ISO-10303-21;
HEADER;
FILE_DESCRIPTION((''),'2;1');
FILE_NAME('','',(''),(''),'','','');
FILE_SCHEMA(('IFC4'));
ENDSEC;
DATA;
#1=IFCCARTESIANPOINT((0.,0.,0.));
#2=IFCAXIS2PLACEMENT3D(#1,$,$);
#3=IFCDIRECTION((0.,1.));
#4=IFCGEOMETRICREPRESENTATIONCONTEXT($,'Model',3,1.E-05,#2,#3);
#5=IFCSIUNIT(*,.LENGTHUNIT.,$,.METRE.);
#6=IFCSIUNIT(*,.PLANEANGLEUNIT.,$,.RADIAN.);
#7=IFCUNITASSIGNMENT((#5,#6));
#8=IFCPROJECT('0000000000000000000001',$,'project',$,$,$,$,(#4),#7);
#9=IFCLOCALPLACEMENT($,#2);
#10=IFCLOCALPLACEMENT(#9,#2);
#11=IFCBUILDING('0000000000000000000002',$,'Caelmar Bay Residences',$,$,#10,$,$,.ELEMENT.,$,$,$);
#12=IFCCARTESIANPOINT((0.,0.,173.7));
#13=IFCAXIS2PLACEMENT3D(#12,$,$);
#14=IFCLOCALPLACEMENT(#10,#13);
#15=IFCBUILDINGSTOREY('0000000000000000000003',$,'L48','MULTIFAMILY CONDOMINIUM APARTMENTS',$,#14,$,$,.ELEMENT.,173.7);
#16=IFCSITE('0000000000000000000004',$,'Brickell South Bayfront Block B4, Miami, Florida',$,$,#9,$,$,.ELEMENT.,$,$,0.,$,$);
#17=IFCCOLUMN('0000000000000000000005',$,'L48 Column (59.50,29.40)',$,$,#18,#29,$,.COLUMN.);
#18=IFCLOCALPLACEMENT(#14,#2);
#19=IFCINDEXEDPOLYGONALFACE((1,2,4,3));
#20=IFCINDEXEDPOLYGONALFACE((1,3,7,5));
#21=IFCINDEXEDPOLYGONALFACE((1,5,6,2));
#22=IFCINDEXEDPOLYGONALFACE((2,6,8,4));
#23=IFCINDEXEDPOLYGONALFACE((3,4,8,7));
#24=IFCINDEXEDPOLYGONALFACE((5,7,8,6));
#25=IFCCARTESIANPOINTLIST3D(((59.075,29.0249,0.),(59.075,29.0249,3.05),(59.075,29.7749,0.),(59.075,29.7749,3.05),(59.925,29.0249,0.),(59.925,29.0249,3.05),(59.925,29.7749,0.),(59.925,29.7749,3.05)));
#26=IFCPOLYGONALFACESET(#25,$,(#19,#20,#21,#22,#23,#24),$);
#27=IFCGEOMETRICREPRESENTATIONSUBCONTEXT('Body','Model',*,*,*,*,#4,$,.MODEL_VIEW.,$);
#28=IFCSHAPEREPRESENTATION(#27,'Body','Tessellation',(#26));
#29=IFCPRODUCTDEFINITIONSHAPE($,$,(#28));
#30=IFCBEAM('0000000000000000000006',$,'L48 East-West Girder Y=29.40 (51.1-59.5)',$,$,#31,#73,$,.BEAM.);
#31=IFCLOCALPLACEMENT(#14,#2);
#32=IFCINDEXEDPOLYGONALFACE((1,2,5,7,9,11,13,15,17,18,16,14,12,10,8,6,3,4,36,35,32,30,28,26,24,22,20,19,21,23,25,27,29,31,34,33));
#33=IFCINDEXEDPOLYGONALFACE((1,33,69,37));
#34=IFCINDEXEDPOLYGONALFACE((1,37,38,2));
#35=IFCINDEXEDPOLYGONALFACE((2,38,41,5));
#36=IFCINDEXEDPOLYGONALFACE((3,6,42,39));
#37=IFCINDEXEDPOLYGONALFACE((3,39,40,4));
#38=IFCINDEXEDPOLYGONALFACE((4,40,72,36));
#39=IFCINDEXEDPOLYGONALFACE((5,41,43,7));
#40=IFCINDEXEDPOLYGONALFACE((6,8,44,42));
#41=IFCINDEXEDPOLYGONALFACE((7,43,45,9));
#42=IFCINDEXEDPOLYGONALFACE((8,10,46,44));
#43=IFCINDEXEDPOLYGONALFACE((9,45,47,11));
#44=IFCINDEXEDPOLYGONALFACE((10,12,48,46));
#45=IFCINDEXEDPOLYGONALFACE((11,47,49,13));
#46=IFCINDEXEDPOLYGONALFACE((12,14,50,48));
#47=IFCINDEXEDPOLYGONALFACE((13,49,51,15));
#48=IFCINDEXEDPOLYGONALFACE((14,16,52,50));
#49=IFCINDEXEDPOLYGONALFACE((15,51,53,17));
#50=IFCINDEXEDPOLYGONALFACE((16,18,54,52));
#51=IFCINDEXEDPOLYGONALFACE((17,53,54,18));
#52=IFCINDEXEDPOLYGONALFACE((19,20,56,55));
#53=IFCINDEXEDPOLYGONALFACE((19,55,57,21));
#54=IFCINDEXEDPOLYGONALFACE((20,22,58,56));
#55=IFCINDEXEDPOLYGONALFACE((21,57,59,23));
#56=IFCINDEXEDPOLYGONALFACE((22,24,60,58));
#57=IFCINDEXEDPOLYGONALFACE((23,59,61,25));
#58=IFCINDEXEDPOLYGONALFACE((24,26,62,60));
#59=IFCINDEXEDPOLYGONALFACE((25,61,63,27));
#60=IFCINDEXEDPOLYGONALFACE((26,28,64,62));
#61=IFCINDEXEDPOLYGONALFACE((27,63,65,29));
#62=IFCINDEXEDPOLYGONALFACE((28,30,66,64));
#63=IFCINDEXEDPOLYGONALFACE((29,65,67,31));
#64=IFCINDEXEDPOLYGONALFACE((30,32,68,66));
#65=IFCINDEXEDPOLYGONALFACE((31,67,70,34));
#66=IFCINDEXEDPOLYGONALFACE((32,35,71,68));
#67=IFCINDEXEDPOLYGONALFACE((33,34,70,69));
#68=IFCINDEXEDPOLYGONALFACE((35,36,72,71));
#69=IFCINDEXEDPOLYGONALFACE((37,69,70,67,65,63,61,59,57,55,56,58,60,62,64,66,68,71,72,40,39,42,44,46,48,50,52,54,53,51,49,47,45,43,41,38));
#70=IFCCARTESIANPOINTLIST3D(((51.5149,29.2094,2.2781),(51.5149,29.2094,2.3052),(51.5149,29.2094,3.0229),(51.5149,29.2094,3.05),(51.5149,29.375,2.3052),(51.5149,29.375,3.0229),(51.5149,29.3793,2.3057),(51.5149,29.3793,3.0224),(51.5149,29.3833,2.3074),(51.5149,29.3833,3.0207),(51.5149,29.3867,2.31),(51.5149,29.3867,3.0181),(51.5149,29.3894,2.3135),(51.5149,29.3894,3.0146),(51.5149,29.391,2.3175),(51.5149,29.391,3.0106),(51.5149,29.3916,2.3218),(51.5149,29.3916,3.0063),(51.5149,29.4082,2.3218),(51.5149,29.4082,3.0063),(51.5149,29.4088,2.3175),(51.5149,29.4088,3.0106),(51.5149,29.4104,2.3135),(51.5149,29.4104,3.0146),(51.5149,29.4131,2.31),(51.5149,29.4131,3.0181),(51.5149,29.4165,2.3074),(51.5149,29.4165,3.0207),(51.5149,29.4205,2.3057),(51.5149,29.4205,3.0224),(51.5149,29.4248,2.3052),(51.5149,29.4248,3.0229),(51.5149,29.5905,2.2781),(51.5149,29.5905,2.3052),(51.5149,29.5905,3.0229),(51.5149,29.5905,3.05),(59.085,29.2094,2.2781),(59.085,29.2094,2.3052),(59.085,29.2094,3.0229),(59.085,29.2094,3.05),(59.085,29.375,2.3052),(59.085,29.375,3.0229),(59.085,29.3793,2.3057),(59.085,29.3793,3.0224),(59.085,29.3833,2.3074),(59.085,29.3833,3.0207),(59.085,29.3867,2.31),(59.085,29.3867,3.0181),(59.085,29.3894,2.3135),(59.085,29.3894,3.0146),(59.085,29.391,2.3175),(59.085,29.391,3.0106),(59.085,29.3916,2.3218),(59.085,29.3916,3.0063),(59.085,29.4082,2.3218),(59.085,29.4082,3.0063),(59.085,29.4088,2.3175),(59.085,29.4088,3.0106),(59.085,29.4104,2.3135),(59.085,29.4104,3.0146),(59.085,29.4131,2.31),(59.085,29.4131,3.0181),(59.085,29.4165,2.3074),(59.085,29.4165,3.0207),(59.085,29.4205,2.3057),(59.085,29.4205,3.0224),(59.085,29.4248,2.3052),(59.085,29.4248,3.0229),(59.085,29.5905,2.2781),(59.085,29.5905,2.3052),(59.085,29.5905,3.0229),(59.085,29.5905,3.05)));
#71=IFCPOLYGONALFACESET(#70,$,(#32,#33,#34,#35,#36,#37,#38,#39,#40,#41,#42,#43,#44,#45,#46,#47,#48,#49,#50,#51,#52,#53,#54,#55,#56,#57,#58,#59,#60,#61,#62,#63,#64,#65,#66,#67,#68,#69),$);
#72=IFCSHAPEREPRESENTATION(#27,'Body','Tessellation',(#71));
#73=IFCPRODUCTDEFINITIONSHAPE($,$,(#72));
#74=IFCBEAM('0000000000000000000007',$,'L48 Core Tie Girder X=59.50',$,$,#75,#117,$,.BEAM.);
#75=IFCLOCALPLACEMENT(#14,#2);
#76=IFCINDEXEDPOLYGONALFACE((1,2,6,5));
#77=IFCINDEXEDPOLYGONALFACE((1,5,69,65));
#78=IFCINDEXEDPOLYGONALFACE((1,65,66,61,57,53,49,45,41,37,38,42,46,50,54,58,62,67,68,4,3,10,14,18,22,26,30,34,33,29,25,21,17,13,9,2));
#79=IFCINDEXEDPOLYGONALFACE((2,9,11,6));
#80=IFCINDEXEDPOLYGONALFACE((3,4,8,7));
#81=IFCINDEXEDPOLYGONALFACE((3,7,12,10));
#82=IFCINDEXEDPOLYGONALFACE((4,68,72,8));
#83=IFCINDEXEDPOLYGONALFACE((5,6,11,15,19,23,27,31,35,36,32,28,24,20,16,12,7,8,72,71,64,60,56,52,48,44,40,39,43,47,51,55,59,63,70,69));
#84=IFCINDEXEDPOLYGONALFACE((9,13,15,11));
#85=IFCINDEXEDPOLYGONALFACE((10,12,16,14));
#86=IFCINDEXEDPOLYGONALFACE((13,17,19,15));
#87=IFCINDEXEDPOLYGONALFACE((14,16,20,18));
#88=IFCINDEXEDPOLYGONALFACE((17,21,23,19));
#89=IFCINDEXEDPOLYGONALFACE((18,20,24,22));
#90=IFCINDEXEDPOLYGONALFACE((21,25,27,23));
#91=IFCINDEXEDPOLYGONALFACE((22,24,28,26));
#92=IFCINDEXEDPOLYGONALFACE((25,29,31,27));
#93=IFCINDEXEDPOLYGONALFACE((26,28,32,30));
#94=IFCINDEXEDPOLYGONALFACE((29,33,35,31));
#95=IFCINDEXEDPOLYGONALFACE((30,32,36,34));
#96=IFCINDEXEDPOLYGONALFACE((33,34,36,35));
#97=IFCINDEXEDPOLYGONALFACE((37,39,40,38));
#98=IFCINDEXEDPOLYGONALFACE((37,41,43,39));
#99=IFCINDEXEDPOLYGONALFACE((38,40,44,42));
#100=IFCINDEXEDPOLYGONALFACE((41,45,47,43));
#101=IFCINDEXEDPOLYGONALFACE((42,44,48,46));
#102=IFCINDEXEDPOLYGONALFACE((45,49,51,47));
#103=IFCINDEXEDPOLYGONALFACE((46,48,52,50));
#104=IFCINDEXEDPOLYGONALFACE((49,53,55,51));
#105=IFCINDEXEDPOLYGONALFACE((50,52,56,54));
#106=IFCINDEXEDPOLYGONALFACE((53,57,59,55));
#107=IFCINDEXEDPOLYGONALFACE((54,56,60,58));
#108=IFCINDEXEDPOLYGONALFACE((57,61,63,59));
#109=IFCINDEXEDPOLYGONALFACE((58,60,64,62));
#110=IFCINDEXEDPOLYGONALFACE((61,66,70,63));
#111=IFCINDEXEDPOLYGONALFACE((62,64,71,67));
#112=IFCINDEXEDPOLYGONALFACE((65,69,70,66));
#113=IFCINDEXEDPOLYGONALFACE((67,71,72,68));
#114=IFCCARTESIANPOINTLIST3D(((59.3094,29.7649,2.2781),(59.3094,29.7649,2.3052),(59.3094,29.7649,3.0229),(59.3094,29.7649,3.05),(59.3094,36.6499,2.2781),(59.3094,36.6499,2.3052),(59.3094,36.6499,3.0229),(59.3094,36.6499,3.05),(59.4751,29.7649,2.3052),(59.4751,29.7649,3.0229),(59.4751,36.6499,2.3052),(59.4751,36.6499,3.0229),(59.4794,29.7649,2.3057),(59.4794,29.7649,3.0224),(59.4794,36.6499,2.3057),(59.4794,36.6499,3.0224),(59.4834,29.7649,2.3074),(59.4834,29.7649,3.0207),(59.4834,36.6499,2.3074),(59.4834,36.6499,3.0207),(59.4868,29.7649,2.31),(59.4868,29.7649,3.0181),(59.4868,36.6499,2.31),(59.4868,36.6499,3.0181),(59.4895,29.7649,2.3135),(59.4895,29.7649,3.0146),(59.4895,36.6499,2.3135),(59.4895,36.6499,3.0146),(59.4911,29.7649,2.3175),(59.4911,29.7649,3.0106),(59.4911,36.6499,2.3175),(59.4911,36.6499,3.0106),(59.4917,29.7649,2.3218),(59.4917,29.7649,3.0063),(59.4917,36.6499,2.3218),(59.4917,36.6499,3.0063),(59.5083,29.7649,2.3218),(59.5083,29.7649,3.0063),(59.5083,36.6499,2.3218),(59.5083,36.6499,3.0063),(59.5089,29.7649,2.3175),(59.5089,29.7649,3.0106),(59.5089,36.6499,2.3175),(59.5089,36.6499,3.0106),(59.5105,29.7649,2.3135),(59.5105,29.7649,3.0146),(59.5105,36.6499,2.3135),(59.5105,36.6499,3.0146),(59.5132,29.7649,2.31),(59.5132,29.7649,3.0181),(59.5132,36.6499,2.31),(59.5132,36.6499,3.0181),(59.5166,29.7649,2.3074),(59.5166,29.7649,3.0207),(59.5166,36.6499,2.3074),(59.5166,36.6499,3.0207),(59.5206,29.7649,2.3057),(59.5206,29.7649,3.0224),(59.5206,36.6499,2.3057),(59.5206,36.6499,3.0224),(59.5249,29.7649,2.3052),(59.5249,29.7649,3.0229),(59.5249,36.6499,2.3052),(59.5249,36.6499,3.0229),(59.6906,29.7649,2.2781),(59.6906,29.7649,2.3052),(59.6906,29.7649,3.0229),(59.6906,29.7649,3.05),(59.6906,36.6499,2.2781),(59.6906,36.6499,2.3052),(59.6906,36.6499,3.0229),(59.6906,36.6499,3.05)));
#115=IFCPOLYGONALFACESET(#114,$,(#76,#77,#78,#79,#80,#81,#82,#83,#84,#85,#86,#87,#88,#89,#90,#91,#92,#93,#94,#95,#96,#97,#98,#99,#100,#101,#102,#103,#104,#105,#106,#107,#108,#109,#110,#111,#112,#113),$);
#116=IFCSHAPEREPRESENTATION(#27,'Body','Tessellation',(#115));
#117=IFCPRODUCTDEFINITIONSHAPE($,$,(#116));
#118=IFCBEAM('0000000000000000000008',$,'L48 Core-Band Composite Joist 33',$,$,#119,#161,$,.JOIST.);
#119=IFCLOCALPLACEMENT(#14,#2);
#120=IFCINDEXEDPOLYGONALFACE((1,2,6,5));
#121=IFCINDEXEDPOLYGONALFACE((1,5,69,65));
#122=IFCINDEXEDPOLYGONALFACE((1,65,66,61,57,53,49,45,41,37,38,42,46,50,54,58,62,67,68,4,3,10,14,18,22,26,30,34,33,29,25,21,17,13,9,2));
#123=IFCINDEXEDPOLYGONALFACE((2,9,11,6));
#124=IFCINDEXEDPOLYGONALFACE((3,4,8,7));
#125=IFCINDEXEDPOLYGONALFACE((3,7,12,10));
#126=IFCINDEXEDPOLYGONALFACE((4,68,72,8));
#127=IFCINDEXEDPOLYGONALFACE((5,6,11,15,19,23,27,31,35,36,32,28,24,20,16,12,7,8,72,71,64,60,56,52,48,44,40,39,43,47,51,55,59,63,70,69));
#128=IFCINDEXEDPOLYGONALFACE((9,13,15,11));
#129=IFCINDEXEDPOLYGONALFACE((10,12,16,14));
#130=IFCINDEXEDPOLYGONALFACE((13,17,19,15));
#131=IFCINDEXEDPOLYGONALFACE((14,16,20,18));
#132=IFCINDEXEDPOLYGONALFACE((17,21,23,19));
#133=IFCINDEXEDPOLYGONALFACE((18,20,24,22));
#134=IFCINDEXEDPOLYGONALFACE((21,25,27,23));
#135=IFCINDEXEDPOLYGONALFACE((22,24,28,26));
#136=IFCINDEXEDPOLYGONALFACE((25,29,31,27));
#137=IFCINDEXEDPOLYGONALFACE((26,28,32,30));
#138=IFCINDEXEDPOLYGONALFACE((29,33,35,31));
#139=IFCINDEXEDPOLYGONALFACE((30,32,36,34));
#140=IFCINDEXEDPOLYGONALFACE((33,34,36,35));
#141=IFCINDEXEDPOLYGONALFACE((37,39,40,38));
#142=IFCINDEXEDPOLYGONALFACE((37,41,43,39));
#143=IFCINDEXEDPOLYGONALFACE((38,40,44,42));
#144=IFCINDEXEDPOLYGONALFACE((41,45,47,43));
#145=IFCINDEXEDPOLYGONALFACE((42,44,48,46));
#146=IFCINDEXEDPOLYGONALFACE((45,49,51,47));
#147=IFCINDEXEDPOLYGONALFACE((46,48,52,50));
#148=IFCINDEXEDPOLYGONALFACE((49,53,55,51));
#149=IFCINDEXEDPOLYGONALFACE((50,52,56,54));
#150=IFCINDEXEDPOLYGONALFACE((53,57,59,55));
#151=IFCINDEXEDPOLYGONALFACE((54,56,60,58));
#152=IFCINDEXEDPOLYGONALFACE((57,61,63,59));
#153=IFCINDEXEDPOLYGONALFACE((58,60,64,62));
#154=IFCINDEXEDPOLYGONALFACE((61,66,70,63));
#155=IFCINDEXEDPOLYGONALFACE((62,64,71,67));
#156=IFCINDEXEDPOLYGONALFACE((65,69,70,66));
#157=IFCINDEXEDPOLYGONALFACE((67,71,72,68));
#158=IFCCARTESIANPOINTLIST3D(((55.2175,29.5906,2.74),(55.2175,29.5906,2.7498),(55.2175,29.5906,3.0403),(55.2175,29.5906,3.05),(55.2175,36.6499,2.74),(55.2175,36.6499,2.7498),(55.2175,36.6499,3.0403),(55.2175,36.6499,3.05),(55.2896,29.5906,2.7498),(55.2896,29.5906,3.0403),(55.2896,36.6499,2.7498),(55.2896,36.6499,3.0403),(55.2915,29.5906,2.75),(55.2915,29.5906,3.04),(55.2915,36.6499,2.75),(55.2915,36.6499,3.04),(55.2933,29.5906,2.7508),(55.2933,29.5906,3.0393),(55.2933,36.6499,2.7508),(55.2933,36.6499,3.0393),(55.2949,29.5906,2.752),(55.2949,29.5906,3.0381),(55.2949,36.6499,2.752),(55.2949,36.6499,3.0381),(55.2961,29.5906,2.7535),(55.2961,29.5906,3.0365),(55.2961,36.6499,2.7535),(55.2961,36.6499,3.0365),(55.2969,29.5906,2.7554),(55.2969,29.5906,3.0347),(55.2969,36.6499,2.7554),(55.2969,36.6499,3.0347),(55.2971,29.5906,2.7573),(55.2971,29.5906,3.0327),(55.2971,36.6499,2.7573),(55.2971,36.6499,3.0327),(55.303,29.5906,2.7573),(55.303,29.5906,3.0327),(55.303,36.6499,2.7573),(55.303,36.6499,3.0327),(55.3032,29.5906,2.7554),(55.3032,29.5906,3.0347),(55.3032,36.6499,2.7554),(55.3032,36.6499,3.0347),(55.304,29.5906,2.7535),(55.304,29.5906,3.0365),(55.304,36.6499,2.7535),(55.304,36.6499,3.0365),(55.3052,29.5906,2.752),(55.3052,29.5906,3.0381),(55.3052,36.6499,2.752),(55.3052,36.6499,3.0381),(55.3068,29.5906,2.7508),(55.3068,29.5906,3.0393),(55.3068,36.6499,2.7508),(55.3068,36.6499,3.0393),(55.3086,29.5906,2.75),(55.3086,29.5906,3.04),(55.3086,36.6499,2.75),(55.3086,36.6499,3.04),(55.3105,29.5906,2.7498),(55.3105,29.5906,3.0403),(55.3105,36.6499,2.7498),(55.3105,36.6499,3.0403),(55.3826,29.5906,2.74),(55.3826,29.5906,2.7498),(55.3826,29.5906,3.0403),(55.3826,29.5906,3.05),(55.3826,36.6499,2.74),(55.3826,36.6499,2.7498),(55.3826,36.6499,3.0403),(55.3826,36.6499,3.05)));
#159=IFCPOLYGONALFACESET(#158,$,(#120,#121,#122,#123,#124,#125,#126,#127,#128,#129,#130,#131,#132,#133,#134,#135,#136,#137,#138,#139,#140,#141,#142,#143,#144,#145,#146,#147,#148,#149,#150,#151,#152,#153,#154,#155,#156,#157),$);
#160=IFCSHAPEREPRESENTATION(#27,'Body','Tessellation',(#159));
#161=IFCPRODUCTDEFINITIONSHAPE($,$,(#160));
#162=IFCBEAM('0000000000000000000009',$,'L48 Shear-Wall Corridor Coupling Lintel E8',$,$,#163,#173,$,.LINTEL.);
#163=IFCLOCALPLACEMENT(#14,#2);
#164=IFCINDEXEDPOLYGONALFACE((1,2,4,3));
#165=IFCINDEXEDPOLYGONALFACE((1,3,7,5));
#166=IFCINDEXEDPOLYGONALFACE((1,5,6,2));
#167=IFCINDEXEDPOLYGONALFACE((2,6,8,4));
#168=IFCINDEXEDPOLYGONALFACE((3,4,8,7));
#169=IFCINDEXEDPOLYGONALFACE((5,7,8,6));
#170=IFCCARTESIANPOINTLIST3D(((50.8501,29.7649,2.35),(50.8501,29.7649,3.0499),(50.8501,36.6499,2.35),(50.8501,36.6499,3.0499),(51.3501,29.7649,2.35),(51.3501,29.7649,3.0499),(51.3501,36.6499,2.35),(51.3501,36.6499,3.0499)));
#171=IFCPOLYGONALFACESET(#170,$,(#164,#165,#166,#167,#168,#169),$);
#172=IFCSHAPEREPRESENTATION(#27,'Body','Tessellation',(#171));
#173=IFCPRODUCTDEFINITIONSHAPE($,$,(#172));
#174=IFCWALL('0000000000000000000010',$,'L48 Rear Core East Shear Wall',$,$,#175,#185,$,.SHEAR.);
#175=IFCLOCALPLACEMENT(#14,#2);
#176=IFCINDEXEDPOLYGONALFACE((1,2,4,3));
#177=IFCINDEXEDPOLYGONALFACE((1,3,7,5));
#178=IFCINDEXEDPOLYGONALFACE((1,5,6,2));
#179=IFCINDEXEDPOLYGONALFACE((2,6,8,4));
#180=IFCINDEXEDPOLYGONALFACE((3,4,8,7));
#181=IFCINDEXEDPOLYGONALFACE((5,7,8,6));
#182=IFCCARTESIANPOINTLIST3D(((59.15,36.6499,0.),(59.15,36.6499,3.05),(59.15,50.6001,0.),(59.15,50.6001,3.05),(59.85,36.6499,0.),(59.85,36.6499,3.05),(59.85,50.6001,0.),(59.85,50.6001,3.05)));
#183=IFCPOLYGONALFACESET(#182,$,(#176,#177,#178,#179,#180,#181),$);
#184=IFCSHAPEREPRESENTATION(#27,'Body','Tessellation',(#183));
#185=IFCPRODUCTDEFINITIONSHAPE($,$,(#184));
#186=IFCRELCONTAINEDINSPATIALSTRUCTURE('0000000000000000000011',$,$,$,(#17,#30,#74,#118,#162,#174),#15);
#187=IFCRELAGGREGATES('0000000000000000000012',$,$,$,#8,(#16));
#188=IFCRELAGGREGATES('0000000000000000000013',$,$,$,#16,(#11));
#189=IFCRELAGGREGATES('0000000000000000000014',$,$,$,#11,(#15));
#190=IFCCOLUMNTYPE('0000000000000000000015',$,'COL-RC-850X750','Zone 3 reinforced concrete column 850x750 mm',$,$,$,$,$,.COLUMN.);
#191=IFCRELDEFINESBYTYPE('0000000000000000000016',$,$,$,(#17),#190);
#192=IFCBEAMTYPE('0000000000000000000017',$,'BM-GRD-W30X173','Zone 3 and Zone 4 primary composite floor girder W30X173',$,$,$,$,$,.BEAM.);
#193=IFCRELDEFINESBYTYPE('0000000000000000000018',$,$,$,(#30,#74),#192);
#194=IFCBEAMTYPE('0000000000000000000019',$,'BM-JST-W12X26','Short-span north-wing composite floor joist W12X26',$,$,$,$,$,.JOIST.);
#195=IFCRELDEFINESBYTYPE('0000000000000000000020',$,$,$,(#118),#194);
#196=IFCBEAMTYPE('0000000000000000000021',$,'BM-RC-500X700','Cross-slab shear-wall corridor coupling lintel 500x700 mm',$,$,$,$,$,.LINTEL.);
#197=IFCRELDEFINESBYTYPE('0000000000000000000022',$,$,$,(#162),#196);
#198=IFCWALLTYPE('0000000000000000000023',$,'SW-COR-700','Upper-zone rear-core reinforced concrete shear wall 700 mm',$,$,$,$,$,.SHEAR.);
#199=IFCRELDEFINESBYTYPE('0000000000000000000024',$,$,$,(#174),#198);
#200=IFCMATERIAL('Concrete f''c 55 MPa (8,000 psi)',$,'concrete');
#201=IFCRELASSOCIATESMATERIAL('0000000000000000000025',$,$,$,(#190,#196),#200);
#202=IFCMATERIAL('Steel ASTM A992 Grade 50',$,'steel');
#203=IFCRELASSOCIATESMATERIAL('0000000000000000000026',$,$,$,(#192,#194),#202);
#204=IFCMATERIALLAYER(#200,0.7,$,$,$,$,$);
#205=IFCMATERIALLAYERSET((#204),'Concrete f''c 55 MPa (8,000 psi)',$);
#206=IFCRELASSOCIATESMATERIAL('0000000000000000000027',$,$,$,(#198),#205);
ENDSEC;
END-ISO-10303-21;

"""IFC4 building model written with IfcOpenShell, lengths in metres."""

from ifc_helpers import new_model, si_unit, direction, frame, frame_2d, origin, origin_2d, place, context, subcontext, project, spatial, rectangle, i_section, extrude, material, layer, layer_set, material_profile, profile_set, type_object, element, save


model = new_model("IFC4")

# Units and contexts
model_context = context("Model", 3, precision=1e-05, world=origin(), true_north=direction((0.0, 1.0)))
body_context = subcontext(model_context, "Body", "Model", "MODEL_VIEW")
ifc_project = project(units=[si_unit("LENGTHUNIT", "METRE"), si_unit("PLANEANGLEUNIT", "RADIAN")], contexts=[model_context])

# Site, building, storey
site_placement = place(None, origin())
site = spatial("IfcSite", under=ifc_project, at=site_placement, Name="Brickell South Bayfront Block B4, Miami, Florida", CompositionType="ELEMENT", RefElevation=0.0)
building_placement = place(site_placement, origin())
building = spatial("IfcBuilding", under=site, at=building_placement, Name="Caelmar Bay Residences", CompositionType="ELEMENT")
storey_placement = place(building_placement, frame((0.0, 0.0, 173.7)))
storey = spatial("IfcBuildingStorey", under=building, at=storey_placement, Name="L48", Description="MULTIFAMILY CONDOMINIUM APARTMENTS", CompositionType="ELEMENT", Elevation=173.7)

# Column
ifc_material_1 = material(Name="Concrete f'c 55 MPa (8,000 psi)", Category="concrete")
ifc_material_profile_1 = material_profile(ifc_material_1, rectangle(XDim=0.8501, YDim=0.75, at=origin_2d()), Name="RC-COL-850X750")
ifc_profile_set_1 = profile_set([ifc_material_profile_1], Name="Concrete f'c 55 MPa (8,000 psi)")
column_type = type_object("IfcColumnType", Name="COL-RC-850X750", Description="Zone 3 reinforced concrete column 850x750 mm", PredefinedType="COLUMN", material=ifc_profile_set_1)
column_placement = place(storey_placement, frame((59.5, 29.3999, 0.0), z_axis=(0.0, 0.0, 1.0), x_axis=(1.0, 0.0, 0.0)))
element("IfcColumn", 1, at=column_placement, inside=storey, type_object=column_type, Name="L48 Column (59.50,29.40)", PredefinedType="COLUMN", context=body_context, shape_type="SweptSolid", body=[
    extrude(rectangle(XDim=0.8501, YDim=0.75, at=origin_2d()), origin(), (0.0, 0.0, 1.0), 3.05),
])

# Beams
ifc_material_2 = material(Name="Steel ASTM A992 Grade 50", Category="steel")
ifc_material_profile_2 = material_profile(ifc_material_2, i_section(OverallWidth=0.3811, OverallDepth=0.772, WebThickness=0.0166, FlangeThickness=0.0271, FilletRadius=0.0166, at=origin_2d()), Name="W30X173")
ifc_profile_set_2 = profile_set([ifc_material_profile_2], Name="Steel ASTM A992 Grade 50")
beam_type_1 = type_object("IfcBeamType", Name="BM-GRD-W30X173", Description="Zone 3 and Zone 4 primary composite floor girder W30X173", PredefinedType="BEAM", material=ifc_profile_set_2)
beam_1_placement = place(storey_placement, frame((51.5149, 29.3999, 2.6641), z_axis=(1.0, 0.0, 0.0), x_axis=(0.0, 1.0, 0.0)))
element("IfcBeam", 2, at=beam_1_placement, inside=storey, type_object=beam_type_1, Name="L48 East-West Girder Y=29.40 (51.1-59.5)", PredefinedType="BEAM", context=body_context, shape_type="SweptSolid", body=[
    extrude(i_section(OverallWidth=0.3811, OverallDepth=0.772, WebThickness=0.0166, FlangeThickness=0.0271, FilletRadius=0.0166, at=origin_2d()), origin(), (0.0, 0.0, 1.0), 7.5701),
])
beam_2_placement = place(storey_placement, frame((59.5, 29.7649, 2.6641), z_axis=(0.0, 1.0, 0.0), x_axis=(-1.0, 0.0, 0.0)))
element("IfcBeam", 3, at=beam_2_placement, inside=storey, type_object=beam_type_1, Name="L48 Core Tie Girder X=59.50", PredefinedType="BEAM", context=body_context, shape_type="SweptSolid", body=[
    extrude(i_section(OverallWidth=0.3811, OverallDepth=0.772, WebThickness=0.0166, FlangeThickness=0.0271, FilletRadius=0.0166, at=origin_2d()), origin(), (0.0, 0.0, 1.0), 6.885),
])
ifc_material_profile_3 = material_profile(ifc_material_2, i_section(OverallWidth=0.165, OverallDepth=0.3101, WebThickness=0.0059, FlangeThickness=0.0098, FilletRadius=0.0076, at=origin_2d()), Name="W12X26")
ifc_profile_set_3 = profile_set([ifc_material_profile_3], Name="Steel ASTM A992 Grade 50")
beam_type_2 = type_object("IfcBeamType", Name="BM-JST-W12X26", Description="Short-span north-wing composite floor joist W12X26", PredefinedType="JOIST", material=ifc_profile_set_3)
beam_3_placement = place(storey_placement, frame((55.3, 29.5906, 2.895), z_axis=(0.0, 1.0, 0.0), x_axis=(-1.0, 0.0, 0.0)))
element("IfcBeam", 4, at=beam_3_placement, inside=storey, type_object=beam_type_2, Name="L48 Core-Band Composite Joist 33", PredefinedType="JOIST", context=body_context, shape_type="SweptSolid", body=[
    extrude(i_section(OverallWidth=0.165, OverallDepth=0.3101, WebThickness=0.0059, FlangeThickness=0.0098, FilletRadius=0.0076, at=origin_2d()), origin(), (0.0, 0.0, 1.0), 7.0593),
])
ifc_material_profile_4 = material_profile(ifc_material_1, rectangle(XDim=0.5, YDim=0.7, at=origin_2d()), Name="RC-BM-500X700")
ifc_profile_set_4 = profile_set([ifc_material_profile_4], Name="Concrete f'c 55 MPa (8,000 psi)")
beam_type_3 = type_object("IfcBeamType", Name="BM-RC-500X700", Description="Cross-slab shear-wall corridor coupling lintel 500x700 mm", PredefinedType="LINTEL", material=ifc_profile_set_4)
beam_4_placement = place(storey_placement, frame((51.1001, 29.7649, 2.7), z_axis=(0.0, 1.0, 0.0), x_axis=(-1.0, 0.0, 0.0)))
element("IfcBeam", 5, at=beam_4_placement, inside=storey, type_object=beam_type_3, Name="L48 Shear-Wall Corridor Coupling Lintel E8", PredefinedType="LINTEL", context=body_context, shape_type="SweptSolid", body=[
    extrude(rectangle(XDim=0.5, YDim=0.7, at=origin_2d()), origin(), (0.0, 0.0, 1.0), 6.885),
])

# Wall
ifc_layer_1 = layer(ifc_material_1, 0.7)
ifc_layer_set_1 = layer_set([ifc_layer_1], Name="Concrete f'c 55 MPa (8,000 psi)")
wall_type_1 = type_object("IfcWallType", Name="SW-COR-700", Description="Upper-zone rear-core reinforced concrete shear wall 700 mm", PredefinedType="SHEAR", material=ifc_layer_set_1)
wall_1_placement = place(storey_placement, frame((59.5, 36.6499, 0.0), z_axis=(0.0, 0.0, 1.0), x_axis=(0.0, 1.0, 0.0)))
element("IfcWall", 6, at=wall_1_placement, inside=storey, type_object=wall_type_1, Name="L48 Rear Core East Shear Wall", PredefinedType="SHEAR", context=body_context, shape_type="SweptSolid", body=[
    extrude(rectangle(XDim=13.9502, YDim=0.7, at=frame_2d((6.9751, 0.0))), origin(), (0.0, 0.0, 1.0), 3.05),
])

save(model, "model.ifc")
